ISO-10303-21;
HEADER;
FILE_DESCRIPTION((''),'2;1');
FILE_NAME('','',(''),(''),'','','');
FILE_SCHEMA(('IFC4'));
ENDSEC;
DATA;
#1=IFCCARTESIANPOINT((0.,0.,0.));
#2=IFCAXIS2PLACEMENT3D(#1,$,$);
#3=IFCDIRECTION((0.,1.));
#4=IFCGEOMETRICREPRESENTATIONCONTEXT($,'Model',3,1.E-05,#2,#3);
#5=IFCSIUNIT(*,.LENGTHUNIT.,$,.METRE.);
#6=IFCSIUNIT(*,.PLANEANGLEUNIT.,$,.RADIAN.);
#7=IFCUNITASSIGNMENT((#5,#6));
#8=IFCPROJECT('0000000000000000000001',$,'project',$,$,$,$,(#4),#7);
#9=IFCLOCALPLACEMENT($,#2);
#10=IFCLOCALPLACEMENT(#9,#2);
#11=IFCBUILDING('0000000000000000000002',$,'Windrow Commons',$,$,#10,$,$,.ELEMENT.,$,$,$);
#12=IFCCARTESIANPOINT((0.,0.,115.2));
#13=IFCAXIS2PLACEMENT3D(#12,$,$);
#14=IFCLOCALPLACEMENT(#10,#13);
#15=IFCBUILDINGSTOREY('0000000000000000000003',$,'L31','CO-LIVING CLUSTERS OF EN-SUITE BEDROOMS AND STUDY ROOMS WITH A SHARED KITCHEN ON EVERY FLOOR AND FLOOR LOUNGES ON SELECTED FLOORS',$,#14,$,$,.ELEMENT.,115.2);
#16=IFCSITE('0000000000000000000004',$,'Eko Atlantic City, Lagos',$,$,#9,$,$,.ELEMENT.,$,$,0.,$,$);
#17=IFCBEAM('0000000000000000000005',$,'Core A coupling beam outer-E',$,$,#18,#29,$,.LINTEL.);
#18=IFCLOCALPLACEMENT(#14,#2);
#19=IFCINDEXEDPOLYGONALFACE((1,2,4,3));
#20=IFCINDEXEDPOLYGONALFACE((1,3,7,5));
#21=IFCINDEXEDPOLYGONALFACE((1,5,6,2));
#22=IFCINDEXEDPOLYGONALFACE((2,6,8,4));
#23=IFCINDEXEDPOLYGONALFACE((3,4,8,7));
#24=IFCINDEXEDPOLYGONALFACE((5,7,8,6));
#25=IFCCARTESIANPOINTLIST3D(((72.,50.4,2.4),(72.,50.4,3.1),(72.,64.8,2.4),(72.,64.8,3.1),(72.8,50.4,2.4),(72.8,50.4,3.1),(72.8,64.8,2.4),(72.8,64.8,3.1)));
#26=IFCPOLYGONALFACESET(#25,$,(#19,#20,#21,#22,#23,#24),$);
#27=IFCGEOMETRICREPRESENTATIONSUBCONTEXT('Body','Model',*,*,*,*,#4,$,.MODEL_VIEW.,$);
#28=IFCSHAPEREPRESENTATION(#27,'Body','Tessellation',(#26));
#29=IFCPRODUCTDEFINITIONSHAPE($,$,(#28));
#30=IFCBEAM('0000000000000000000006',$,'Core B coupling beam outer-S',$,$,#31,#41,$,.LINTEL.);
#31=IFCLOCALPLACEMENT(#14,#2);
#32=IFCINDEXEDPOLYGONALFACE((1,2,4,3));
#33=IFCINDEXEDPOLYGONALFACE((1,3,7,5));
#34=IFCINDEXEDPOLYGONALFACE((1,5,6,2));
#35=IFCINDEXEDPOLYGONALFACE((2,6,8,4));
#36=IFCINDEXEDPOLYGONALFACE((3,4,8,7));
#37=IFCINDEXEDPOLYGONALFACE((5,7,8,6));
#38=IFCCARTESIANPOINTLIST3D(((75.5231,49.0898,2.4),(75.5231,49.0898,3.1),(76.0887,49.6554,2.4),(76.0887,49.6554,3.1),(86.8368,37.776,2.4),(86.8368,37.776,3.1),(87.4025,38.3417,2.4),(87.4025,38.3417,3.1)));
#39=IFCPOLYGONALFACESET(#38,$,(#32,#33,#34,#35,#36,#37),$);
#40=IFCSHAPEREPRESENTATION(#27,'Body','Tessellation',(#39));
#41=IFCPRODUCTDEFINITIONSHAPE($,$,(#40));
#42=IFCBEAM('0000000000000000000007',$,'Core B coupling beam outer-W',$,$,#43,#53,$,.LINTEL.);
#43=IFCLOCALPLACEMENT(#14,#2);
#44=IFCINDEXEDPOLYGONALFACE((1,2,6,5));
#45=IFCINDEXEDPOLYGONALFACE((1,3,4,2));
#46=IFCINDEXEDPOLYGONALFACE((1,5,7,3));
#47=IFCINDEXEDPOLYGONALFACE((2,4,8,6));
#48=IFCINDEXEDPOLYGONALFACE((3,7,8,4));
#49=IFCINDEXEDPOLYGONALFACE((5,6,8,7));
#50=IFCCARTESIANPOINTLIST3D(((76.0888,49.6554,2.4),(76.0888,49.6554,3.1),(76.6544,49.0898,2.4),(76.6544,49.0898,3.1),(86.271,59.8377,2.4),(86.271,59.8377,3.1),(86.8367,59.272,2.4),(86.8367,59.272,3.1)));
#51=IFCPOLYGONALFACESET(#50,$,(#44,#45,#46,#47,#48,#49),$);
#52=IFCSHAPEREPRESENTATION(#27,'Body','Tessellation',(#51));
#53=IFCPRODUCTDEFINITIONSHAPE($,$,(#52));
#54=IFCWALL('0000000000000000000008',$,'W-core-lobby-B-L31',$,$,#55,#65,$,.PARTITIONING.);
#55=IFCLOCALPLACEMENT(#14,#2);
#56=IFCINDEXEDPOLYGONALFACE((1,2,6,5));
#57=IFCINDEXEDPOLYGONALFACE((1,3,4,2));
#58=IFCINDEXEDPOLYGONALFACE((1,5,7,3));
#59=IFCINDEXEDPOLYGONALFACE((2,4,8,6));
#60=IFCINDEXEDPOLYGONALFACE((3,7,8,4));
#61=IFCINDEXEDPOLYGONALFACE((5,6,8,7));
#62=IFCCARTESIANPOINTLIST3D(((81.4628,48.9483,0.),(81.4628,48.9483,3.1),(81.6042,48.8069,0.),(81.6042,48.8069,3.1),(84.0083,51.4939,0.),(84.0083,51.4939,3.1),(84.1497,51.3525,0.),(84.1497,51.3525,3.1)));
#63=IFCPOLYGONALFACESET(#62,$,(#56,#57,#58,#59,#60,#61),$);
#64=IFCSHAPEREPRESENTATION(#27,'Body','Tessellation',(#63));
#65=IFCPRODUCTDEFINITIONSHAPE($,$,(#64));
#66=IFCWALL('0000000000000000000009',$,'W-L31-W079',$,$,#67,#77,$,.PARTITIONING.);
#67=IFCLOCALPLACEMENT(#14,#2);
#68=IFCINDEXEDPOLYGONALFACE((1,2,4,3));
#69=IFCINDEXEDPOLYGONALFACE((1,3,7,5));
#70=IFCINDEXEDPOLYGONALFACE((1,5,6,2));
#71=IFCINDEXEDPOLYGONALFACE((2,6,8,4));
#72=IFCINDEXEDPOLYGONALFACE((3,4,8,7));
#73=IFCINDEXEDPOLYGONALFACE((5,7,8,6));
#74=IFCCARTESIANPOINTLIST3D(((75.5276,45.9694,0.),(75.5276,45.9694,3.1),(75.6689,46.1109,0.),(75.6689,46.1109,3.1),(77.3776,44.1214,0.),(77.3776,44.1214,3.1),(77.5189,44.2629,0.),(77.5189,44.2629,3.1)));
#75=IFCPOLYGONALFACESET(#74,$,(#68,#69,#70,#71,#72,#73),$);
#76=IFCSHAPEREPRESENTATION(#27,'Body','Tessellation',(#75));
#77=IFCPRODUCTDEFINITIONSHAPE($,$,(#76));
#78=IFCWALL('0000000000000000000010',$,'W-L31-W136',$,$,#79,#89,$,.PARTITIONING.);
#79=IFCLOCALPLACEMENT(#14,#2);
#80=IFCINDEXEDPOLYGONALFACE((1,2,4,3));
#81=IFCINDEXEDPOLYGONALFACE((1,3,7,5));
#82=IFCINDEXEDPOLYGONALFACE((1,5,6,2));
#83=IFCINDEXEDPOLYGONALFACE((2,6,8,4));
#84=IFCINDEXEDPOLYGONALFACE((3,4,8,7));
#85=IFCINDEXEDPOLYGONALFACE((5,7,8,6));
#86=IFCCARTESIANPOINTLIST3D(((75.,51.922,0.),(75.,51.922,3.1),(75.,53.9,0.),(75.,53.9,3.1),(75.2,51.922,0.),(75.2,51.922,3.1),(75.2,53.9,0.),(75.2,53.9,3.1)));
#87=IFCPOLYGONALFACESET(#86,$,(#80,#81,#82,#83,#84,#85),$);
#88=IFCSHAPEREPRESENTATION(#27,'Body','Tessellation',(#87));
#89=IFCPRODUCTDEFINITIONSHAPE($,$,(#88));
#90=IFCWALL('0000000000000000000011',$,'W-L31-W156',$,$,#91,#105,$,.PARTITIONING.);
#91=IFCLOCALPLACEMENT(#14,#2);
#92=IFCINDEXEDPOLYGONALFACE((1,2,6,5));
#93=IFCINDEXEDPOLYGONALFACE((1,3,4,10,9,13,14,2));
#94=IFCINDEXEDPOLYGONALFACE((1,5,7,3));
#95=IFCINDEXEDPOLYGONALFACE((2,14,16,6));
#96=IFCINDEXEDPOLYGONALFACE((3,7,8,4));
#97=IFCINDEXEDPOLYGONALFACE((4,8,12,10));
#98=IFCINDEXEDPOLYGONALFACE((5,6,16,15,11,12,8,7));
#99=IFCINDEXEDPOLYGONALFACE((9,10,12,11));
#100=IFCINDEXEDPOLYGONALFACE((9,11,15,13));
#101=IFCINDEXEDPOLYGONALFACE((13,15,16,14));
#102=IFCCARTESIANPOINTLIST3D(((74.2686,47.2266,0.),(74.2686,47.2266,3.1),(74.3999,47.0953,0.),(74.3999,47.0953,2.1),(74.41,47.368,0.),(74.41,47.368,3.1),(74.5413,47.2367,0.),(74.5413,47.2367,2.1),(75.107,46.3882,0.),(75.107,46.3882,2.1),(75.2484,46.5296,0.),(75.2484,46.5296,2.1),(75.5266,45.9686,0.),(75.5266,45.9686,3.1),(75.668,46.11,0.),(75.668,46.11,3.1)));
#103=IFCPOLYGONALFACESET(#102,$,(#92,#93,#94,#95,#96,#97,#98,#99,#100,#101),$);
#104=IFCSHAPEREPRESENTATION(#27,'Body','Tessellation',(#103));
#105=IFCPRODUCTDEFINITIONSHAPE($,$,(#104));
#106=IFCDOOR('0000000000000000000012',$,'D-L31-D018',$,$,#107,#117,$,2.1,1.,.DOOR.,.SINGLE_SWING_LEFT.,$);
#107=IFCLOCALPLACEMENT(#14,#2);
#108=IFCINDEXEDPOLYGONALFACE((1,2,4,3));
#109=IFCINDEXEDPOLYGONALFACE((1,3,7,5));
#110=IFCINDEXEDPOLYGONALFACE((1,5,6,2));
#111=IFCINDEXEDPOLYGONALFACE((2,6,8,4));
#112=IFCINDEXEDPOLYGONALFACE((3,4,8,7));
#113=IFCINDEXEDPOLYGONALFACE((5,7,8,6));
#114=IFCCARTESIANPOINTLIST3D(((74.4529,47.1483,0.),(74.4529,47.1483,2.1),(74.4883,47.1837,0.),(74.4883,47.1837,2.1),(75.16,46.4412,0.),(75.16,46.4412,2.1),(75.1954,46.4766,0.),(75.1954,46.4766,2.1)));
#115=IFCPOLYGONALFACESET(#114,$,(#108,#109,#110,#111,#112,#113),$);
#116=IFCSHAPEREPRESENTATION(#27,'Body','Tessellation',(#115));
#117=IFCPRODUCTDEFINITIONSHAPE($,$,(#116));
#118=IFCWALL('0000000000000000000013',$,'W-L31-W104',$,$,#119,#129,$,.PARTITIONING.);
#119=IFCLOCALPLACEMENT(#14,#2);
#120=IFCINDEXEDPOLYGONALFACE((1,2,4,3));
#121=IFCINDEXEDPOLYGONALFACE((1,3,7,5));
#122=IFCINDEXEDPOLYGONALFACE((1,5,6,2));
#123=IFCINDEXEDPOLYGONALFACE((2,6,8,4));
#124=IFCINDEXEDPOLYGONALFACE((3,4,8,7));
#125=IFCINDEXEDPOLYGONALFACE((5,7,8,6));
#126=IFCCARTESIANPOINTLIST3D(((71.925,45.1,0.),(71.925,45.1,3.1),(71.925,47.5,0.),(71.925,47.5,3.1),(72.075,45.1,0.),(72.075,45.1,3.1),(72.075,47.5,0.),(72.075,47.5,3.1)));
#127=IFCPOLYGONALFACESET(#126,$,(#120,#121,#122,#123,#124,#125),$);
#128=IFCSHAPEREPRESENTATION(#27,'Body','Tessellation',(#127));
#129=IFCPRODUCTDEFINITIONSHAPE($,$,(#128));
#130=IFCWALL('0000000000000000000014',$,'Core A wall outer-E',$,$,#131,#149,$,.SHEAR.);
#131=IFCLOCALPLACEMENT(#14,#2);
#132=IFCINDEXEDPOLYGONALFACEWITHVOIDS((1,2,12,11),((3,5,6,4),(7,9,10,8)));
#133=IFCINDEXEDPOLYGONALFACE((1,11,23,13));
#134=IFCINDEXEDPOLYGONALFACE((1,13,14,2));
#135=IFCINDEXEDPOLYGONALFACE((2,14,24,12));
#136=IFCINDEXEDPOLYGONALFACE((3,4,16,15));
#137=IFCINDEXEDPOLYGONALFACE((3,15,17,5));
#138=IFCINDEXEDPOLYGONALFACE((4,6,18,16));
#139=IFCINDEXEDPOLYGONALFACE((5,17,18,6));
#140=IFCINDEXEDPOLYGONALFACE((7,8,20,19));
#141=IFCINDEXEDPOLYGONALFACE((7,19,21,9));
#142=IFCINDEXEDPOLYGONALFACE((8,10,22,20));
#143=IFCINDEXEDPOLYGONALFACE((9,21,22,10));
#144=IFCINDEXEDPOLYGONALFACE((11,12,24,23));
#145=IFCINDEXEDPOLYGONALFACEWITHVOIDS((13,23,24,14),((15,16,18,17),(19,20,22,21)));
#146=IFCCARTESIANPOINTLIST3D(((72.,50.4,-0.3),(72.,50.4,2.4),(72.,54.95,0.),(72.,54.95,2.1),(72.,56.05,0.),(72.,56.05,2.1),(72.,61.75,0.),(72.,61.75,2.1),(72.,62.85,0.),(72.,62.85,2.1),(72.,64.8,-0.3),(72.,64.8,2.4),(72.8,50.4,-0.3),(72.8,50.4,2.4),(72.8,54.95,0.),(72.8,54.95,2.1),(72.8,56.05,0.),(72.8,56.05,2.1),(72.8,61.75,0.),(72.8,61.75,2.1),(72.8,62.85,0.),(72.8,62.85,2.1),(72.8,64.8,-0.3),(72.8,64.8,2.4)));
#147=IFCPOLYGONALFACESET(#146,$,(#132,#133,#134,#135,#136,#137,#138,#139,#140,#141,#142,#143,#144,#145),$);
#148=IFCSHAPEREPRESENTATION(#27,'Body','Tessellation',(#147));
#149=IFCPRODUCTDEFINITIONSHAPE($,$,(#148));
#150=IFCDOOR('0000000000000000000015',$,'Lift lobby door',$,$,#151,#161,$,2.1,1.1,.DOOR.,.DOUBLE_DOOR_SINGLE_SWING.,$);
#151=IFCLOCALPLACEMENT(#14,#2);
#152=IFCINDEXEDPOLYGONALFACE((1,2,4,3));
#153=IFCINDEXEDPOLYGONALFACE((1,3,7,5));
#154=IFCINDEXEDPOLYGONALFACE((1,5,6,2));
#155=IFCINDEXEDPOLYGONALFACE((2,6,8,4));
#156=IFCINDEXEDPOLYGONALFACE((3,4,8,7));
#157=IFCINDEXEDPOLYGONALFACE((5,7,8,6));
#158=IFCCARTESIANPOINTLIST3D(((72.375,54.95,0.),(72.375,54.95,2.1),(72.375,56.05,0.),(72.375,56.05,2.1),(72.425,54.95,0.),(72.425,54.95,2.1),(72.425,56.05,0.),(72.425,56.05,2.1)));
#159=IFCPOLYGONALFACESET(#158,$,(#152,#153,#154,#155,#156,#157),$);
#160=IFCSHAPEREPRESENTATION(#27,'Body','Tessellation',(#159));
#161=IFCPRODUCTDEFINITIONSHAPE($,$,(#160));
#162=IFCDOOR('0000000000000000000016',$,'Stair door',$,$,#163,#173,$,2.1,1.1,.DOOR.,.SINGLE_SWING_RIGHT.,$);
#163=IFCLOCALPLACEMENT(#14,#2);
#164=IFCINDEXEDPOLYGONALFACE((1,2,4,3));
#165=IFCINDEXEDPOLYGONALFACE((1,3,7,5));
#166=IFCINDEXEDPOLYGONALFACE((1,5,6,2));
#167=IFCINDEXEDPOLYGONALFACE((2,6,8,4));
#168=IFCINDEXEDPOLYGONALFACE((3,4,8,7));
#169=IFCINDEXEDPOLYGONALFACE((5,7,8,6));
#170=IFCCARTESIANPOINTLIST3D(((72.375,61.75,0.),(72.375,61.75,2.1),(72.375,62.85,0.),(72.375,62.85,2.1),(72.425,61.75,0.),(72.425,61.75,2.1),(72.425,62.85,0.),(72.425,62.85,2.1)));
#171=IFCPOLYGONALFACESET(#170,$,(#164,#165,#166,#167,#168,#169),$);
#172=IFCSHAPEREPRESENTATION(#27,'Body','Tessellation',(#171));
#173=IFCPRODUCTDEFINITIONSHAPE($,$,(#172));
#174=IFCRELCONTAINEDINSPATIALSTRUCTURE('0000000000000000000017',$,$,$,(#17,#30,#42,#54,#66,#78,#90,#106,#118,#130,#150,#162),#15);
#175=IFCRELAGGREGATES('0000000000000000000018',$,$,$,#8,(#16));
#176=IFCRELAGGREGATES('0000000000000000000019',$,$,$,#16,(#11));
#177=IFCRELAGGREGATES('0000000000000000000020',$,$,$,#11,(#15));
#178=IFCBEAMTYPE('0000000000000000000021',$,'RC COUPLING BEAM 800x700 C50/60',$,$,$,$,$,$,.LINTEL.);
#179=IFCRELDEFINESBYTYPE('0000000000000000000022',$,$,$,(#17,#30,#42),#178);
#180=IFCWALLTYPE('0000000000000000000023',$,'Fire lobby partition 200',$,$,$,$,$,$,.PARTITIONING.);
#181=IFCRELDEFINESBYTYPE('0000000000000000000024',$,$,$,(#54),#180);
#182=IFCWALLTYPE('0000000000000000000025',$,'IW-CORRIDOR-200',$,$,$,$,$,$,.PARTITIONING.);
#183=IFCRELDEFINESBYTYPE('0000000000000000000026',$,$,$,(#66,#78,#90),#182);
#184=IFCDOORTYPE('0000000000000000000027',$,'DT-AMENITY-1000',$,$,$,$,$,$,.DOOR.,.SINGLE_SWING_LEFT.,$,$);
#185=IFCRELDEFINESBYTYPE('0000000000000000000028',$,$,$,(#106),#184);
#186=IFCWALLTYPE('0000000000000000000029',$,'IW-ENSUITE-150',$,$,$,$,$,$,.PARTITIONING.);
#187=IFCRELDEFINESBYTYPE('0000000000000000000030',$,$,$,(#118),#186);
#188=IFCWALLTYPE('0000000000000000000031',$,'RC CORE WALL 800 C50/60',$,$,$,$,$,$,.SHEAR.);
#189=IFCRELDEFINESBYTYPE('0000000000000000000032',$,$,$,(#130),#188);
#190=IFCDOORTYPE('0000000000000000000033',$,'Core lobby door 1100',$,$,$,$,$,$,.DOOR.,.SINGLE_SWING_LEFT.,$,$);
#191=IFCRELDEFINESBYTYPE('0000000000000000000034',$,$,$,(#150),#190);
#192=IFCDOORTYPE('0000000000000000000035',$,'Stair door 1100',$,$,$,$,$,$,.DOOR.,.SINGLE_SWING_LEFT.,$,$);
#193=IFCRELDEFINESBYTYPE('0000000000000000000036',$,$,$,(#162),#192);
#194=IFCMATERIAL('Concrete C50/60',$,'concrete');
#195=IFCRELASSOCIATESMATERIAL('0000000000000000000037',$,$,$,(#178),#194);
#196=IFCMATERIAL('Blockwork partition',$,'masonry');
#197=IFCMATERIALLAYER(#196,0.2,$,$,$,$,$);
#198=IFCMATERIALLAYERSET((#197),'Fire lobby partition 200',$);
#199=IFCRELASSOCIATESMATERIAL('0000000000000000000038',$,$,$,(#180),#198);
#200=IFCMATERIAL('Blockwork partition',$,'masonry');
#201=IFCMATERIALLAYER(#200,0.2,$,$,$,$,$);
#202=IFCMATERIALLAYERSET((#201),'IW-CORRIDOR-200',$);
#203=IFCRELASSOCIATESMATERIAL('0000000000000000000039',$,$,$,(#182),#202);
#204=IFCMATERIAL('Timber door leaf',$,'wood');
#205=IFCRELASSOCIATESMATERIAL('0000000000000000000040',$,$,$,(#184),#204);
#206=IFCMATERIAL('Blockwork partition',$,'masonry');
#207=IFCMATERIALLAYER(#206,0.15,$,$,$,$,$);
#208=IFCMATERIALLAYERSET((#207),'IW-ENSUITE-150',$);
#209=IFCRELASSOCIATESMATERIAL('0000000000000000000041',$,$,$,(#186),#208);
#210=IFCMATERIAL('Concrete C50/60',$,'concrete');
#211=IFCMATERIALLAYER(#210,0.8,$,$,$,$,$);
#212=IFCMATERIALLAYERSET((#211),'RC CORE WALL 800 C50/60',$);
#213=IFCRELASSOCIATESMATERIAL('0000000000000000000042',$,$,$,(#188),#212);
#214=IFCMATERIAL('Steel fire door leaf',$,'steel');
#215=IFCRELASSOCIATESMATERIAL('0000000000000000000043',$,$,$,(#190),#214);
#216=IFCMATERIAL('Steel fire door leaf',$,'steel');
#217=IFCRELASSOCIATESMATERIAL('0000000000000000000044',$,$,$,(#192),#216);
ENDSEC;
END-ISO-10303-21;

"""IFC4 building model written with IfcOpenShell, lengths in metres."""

from ifc_helpers import new_model, si_unit, direction, frame, frame_2d, origin, origin_2d, place, context, subcontext, project, spatial, rectangle, extrude, material, layer, layer_set, material_profile, profile_set, type_object, element, fill, save


model = new_model("IFC4")

# Units and contexts
model_context = context("Model", 3, precision=1e-05, world=origin(), true_north=direction((0.0, 1.0)))
body_context = subcontext(model_context, "Body", "Model", "MODEL_VIEW")
ifc_project = project(units=[si_unit("LENGTHUNIT", "METRE"), si_unit("PLANEANGLEUNIT", "RADIAN")], contexts=[model_context])

# Site, building, storey
site_placement = place(None, origin())
site = spatial("IfcSite", under=ifc_project, at=site_placement, Name="Eko Atlantic City, Lagos", CompositionType="ELEMENT", RefElevation=0.0)
building_placement = place(site_placement, origin())
building = spatial("IfcBuilding", under=site, at=building_placement, Name="Windrow Commons", CompositionType="ELEMENT")
storey_placement = place(building_placement, frame((0.0, 0.0, 115.2)))
storey = spatial("IfcBuildingStorey", under=building, at=storey_placement, Name="L31", Description="CO-LIVING CLUSTERS OF EN-SUITE BEDROOMS AND STUDY ROOMS WITH A SHARED KITCHEN ON EVERY FLOOR AND FLOOR LOUNGES ON SELECTED FLOORS", CompositionType="ELEMENT", Elevation=115.2)

# Beams
ifc_material_1 = material(Name="Concrete C50/60", Category="concrete")
ifc_material_profile = material_profile(ifc_material_1, rectangle(XDim=0.8, YDim=0.7, at=origin_2d()))
ifc_profile_set = profile_set([ifc_material_profile], Name="Concrete C50/60")
beam_type = type_object("IfcBeamType", Name="RC COUPLING BEAM 800x700 C50/60", PredefinedType="LINTEL", material=ifc_profile_set)
beam_1_placement = place(storey_placement, frame((72.4, 50.4, 2.75), z_axis=(0.0, 1.0, 0.0), x_axis=(-1.0, 0.0, 0.0)))
element("IfcBeam", 1, at=beam_1_placement, inside=storey, type_object=beam_type, Name="Core A coupling beam outer-E", PredefinedType="LINTEL", context=body_context, shape_type="SweptSolid", body=[
    extrude(rectangle(XDim=0.8, YDim=0.7, at=origin_2d()), origin(), (0.0, 0.0, 1.0), 14.4),
])
beam_2_placement = place(storey_placement, frame((75.8059, 49.3726, 2.75), z_axis=(0.707107, -0.707107, 0.0), x_axis=(0.707107, 0.707107, 0.0)))
element("IfcBeam", 2, at=beam_2_placement, inside=storey, type_object=beam_type, Name="Core B coupling beam outer-S", PredefinedType="LINTEL", context=body_context, shape_type="SweptSolid", body=[
    extrude(rectangle(XDim=0.8, YDim=0.7, at=origin_2d()), origin(), (0.0, 0.0, 1.0), 16.0),
])
beam_3_placement = place(storey_placement, frame((76.3716, 49.3726, 2.75), z_axis=(0.707107, 0.707107, 0.0), x_axis=(-0.707107, 0.707107, 0.0)))
element("IfcBeam", 3, at=beam_3_placement, inside=storey, type_object=beam_type, Name="Core B coupling beam outer-W", PredefinedType="LINTEL", context=body_context, shape_type="SweptSolid", body=[
    extrude(rectangle(XDim=0.8, YDim=0.7, at=origin_2d()), origin(), (0.0, 0.0, 1.0), 14.3999),
])

# Walls
ifc_material_2 = material(Name="Blockwork partition", Category="masonry")
ifc_layer_1 = layer(ifc_material_2, 0.2)
ifc_layer_set_1 = layer_set([ifc_layer_1], Name="Fire lobby partition 200")
wall_type_1 = type_object("IfcWallType", Name="Fire lobby partition 200", PredefinedType="PARTITIONING", material=ifc_layer_set_1)
wall_1_placement = place(storey_placement, frame((81.5335, 48.8776, 0.0), z_axis=(0.0, 0.0, 1.0), x_axis=(0.707093, 0.707121, 0.0)))
element("IfcWall", 4, at=wall_1_placement, inside=storey, type_object=wall_type_1, Name="W-core-lobby-B-L31", PredefinedType="PARTITIONING", context=body_context, shape_type="SweptSolid", body=[
    extrude(rectangle(XDim=3.6, YDim=0.2, at=frame_2d((1.8, 0.0))), origin(), (0.0, 0.0, 1.0), 3.1),
])
ifc_material_3 = material(Name="Blockwork partition", Category="masonry")
ifc_layer_2 = layer(ifc_material_3, 0.2)
ifc_layer_set_2 = layer_set([ifc_layer_2], Name="IW-CORRIDOR-200")
wall_type_2 = type_object("IfcWallType", Name="IW-CORRIDOR-200", PredefinedType="PARTITIONING", material=ifc_layer_set_2)
wall_2_placement = place(storey_placement, frame((75.5982, 46.0402, 0.0), z_axis=(0.0, 0.0, 1.0), x_axis=(0.707489, -0.706724, 0.0)))
element("IfcWall", 5, at=wall_2_placement, inside=storey, type_object=wall_type_2, Name="W-L31-W079", PredefinedType="PARTITIONING", context=body_context, shape_type="SweptSolid", body=[
    extrude(rectangle(XDim=2.6149, YDim=0.2, at=frame_2d((1.3075, 0.0))), origin(), (0.0, 0.0, 1.0), 3.1),
])
wall_3_placement = place(storey_placement, frame((75.1, 51.922, 0.0), z_axis=(0.0, 0.0, 1.0), x_axis=(0.0, 1.0, 0.0)))
element("IfcWall", 6, at=wall_3_placement, inside=storey, type_object=wall_type_2, Name="W-L31-W136", PredefinedType="PARTITIONING", context=body_context, shape_type="SweptSolid", body=[
    extrude(rectangle(XDim=1.978, YDim=0.2, at=frame_2d((0.989, 0.0))), origin(), (0.0, 0.0, 1.0), 3.1),
])

# Wall, opening, door
wall_4_placement = place(storey_placement, frame((74.3393, 47.2973, 0.0), z_axis=(0.0, 0.0, 1.0), x_axis=(0.707107, -0.707107, 0.0)))
wall_4 = element("IfcWall", 7, at=wall_4_placement, inside=storey, type_object=wall_type_2, Name="W-L31-W156", PredefinedType="PARTITIONING", context=body_context, shape_type="SweptSolid", body=[
    extrude(rectangle(XDim=1.7791, YDim=0.2, at=frame_2d((0.8895, 0.0))), origin(), (0.0, 0.0, 1.0), 3.1),
])
opening_1_placement = place(wall_4_placement, frame((0.1857, 0.0, 0.0)))
opening_1 = element("IfcOpeningElement", 8, at=opening_1_placement, cuts=wall_4, PredefinedType="OPENING", context=body_context, shape_type="SweptSolid", body=[
    extrude(rectangle(XDim=1.0, YDim=2.1, at=frame_2d((0.5, 1.05))), frame((0.0, 0.11, 0.0), z_axis=(0.0, -1.0, 0.0), x_axis=(1.0, 0.0, 0.0)), (0.0, 0.0, 1.0), 0.22),
])
ifc_material_4 = material(Name="Timber door leaf", Category="wood")
door_type_1 = type_object("IfcDoorType", Name="DT-AMENITY-1000", OperationType="SINGLE_SWING_LEFT", PredefinedType="DOOR", material=ifc_material_4)
door_1_placement = place(opening_1_placement, origin())
door_1 = element("IfcDoor", 9, at=door_1_placement, inside=storey, type_object=door_type_1, Name="D-L31-D018", OperationType="SINGLE_SWING_LEFT", OverallHeight=2.1, OverallWidth=1.0, PredefinedType="DOOR", context=body_context, shape_type="SweptSolid", body=[
    extrude(rectangle(XDim=1.0, YDim=2.1, at=frame_2d((0.5, 1.05))), frame((0.0, 0.025, 0.0), z_axis=(0.0, -1.0, 0.0), x_axis=(1.0, 0.0, 0.0)), (0.0, 0.0, 1.0), 0.05),
])
fill(opening_1, door_1)

# Wall
ifc_material_5 = material(Name="Blockwork partition", Category="masonry")
ifc_layer_3 = layer(ifc_material_5, 0.15)
ifc_layer_set_3 = layer_set([ifc_layer_3], Name="IW-ENSUITE-150")
wall_type_3 = type_object("IfcWallType", Name="IW-ENSUITE-150", PredefinedType="PARTITIONING", material=ifc_layer_set_3)
wall_5_placement = place(storey_placement, frame((72.0, 45.1, 0.0), z_axis=(0.0, 0.0, 1.0), x_axis=(0.0, 1.0, 0.0)))
element("IfcWall", 10, at=wall_5_placement, inside=storey, type_object=wall_type_3, Name="W-L31-W104", PredefinedType="PARTITIONING", context=body_context, shape_type="SweptSolid", body=[
    extrude(rectangle(XDim=2.4, YDim=0.15, at=frame_2d((1.2, 0.0))), origin(), (0.0, 0.0, 1.0), 3.1),
])

# Wall, openings, doors
ifc_material_6 = material(Name="Concrete C50/60", Category="concrete")
ifc_layer_4 = layer(ifc_material_6, 0.8)
ifc_layer_set_4 = layer_set([ifc_layer_4], Name="RC CORE WALL 800 C50/60")
wall_type_4 = type_object("IfcWallType", Name="RC CORE WALL 800 C50/60", PredefinedType="SHEAR", material=ifc_layer_set_4)
wall_6_placement = place(storey_placement, frame((72.4, 50.4, -0.3), z_axis=(0.0, 0.0, 1.0), x_axis=(0.0, 1.0, 0.0)))
wall_6 = element("IfcWall", 11, at=wall_6_placement, inside=storey, type_object=wall_type_4, Name="Core A wall outer-E", PredefinedType="SHEAR", context=body_context, shape_type="SweptSolid", body=[
    extrude(rectangle(XDim=14.4, YDim=0.8, at=frame_2d((7.2, 0.0))), origin(), (0.0, 0.0, 1.0), 2.7),
])
opening_2_placement = place(wall_6_placement, frame((4.55, 0.0, 0.3)))
opening_2 = element("IfcOpeningElement", 12, at=opening_2_placement, cuts=wall_6, PredefinedType="OPENING", context=body_context, shape_type="SweptSolid", body=[
    extrude(rectangle(XDim=1.1, YDim=2.1, at=frame_2d((0.55, 1.05))), frame((0.0, 0.41, 0.0), z_axis=(0.0, -1.0, 0.0), x_axis=(1.0, 0.0, 0.0)), (0.0, 0.0, 1.0), 0.82),
])
opening_3_placement = place(wall_6_placement, frame((11.35, 0.0, 0.3)))
opening_3 = element("IfcOpeningElement", 13, at=opening_3_placement, cuts=wall_6, PredefinedType="OPENING", context=body_context, shape_type="SweptSolid", body=[
    extrude(rectangle(XDim=1.1, YDim=2.1, at=frame_2d((0.55, 1.05))), frame((0.0, 0.41, 0.0), z_axis=(0.0, -1.0, 0.0), x_axis=(1.0, 0.0, 0.0)), (0.0, 0.0, 1.0), 0.82),
])
ifc_material_7 = material(Name="Steel fire door leaf", Category="steel")
door_type_2 = type_object("IfcDoorType", Name="Core lobby door 1100", OperationType="SINGLE_SWING_LEFT", PredefinedType="DOOR", material=ifc_material_7)
door_2_placement = place(opening_2_placement, origin())
door_2 = element("IfcDoor", 14, at=door_2_placement, inside=storey, type_object=door_type_2, Name="Lift lobby door", OperationType="DOUBLE_DOOR_SINGLE_SWING", OverallHeight=2.1, OverallWidth=1.1, PredefinedType="DOOR", context=body_context, shape_type="SweptSolid", body=[
    extrude(rectangle(XDim=1.1, YDim=2.1, at=frame_2d((0.55, 1.05))), frame((0.0, 0.025, 0.0), z_axis=(0.0, -1.0, 0.0), x_axis=(1.0, 0.0, 0.0)), (0.0, 0.0, 1.0), 0.05),
])
fill(opening_2, door_2)
ifc_material_8 = material(Name="Steel fire door leaf", Category="steel")
door_type_3 = type_object("IfcDoorType", Name="Stair door 1100", OperationType="SINGLE_SWING_LEFT", PredefinedType="DOOR", material=ifc_material_8)
door_3_placement = place(opening_3_placement, origin())
door_3 = element("IfcDoor", 15, at=door_3_placement, inside=storey, type_object=door_type_3, Name="Stair door", OperationType="SINGLE_SWING_RIGHT", OverallHeight=2.1, OverallWidth=1.1, PredefinedType="DOOR", context=body_context, shape_type="SweptSolid", body=[
    extrude(rectangle(XDim=1.1, YDim=2.1, at=frame_2d((0.55, 1.05))), frame((0.0, 0.025, 0.0), z_axis=(0.0, -1.0, 0.0), x_axis=(1.0, 0.0, 0.0)), (0.0, 0.0, 1.0), 0.05),
])
fill(opening_3, door_3)

save(model, "model.ifc")
